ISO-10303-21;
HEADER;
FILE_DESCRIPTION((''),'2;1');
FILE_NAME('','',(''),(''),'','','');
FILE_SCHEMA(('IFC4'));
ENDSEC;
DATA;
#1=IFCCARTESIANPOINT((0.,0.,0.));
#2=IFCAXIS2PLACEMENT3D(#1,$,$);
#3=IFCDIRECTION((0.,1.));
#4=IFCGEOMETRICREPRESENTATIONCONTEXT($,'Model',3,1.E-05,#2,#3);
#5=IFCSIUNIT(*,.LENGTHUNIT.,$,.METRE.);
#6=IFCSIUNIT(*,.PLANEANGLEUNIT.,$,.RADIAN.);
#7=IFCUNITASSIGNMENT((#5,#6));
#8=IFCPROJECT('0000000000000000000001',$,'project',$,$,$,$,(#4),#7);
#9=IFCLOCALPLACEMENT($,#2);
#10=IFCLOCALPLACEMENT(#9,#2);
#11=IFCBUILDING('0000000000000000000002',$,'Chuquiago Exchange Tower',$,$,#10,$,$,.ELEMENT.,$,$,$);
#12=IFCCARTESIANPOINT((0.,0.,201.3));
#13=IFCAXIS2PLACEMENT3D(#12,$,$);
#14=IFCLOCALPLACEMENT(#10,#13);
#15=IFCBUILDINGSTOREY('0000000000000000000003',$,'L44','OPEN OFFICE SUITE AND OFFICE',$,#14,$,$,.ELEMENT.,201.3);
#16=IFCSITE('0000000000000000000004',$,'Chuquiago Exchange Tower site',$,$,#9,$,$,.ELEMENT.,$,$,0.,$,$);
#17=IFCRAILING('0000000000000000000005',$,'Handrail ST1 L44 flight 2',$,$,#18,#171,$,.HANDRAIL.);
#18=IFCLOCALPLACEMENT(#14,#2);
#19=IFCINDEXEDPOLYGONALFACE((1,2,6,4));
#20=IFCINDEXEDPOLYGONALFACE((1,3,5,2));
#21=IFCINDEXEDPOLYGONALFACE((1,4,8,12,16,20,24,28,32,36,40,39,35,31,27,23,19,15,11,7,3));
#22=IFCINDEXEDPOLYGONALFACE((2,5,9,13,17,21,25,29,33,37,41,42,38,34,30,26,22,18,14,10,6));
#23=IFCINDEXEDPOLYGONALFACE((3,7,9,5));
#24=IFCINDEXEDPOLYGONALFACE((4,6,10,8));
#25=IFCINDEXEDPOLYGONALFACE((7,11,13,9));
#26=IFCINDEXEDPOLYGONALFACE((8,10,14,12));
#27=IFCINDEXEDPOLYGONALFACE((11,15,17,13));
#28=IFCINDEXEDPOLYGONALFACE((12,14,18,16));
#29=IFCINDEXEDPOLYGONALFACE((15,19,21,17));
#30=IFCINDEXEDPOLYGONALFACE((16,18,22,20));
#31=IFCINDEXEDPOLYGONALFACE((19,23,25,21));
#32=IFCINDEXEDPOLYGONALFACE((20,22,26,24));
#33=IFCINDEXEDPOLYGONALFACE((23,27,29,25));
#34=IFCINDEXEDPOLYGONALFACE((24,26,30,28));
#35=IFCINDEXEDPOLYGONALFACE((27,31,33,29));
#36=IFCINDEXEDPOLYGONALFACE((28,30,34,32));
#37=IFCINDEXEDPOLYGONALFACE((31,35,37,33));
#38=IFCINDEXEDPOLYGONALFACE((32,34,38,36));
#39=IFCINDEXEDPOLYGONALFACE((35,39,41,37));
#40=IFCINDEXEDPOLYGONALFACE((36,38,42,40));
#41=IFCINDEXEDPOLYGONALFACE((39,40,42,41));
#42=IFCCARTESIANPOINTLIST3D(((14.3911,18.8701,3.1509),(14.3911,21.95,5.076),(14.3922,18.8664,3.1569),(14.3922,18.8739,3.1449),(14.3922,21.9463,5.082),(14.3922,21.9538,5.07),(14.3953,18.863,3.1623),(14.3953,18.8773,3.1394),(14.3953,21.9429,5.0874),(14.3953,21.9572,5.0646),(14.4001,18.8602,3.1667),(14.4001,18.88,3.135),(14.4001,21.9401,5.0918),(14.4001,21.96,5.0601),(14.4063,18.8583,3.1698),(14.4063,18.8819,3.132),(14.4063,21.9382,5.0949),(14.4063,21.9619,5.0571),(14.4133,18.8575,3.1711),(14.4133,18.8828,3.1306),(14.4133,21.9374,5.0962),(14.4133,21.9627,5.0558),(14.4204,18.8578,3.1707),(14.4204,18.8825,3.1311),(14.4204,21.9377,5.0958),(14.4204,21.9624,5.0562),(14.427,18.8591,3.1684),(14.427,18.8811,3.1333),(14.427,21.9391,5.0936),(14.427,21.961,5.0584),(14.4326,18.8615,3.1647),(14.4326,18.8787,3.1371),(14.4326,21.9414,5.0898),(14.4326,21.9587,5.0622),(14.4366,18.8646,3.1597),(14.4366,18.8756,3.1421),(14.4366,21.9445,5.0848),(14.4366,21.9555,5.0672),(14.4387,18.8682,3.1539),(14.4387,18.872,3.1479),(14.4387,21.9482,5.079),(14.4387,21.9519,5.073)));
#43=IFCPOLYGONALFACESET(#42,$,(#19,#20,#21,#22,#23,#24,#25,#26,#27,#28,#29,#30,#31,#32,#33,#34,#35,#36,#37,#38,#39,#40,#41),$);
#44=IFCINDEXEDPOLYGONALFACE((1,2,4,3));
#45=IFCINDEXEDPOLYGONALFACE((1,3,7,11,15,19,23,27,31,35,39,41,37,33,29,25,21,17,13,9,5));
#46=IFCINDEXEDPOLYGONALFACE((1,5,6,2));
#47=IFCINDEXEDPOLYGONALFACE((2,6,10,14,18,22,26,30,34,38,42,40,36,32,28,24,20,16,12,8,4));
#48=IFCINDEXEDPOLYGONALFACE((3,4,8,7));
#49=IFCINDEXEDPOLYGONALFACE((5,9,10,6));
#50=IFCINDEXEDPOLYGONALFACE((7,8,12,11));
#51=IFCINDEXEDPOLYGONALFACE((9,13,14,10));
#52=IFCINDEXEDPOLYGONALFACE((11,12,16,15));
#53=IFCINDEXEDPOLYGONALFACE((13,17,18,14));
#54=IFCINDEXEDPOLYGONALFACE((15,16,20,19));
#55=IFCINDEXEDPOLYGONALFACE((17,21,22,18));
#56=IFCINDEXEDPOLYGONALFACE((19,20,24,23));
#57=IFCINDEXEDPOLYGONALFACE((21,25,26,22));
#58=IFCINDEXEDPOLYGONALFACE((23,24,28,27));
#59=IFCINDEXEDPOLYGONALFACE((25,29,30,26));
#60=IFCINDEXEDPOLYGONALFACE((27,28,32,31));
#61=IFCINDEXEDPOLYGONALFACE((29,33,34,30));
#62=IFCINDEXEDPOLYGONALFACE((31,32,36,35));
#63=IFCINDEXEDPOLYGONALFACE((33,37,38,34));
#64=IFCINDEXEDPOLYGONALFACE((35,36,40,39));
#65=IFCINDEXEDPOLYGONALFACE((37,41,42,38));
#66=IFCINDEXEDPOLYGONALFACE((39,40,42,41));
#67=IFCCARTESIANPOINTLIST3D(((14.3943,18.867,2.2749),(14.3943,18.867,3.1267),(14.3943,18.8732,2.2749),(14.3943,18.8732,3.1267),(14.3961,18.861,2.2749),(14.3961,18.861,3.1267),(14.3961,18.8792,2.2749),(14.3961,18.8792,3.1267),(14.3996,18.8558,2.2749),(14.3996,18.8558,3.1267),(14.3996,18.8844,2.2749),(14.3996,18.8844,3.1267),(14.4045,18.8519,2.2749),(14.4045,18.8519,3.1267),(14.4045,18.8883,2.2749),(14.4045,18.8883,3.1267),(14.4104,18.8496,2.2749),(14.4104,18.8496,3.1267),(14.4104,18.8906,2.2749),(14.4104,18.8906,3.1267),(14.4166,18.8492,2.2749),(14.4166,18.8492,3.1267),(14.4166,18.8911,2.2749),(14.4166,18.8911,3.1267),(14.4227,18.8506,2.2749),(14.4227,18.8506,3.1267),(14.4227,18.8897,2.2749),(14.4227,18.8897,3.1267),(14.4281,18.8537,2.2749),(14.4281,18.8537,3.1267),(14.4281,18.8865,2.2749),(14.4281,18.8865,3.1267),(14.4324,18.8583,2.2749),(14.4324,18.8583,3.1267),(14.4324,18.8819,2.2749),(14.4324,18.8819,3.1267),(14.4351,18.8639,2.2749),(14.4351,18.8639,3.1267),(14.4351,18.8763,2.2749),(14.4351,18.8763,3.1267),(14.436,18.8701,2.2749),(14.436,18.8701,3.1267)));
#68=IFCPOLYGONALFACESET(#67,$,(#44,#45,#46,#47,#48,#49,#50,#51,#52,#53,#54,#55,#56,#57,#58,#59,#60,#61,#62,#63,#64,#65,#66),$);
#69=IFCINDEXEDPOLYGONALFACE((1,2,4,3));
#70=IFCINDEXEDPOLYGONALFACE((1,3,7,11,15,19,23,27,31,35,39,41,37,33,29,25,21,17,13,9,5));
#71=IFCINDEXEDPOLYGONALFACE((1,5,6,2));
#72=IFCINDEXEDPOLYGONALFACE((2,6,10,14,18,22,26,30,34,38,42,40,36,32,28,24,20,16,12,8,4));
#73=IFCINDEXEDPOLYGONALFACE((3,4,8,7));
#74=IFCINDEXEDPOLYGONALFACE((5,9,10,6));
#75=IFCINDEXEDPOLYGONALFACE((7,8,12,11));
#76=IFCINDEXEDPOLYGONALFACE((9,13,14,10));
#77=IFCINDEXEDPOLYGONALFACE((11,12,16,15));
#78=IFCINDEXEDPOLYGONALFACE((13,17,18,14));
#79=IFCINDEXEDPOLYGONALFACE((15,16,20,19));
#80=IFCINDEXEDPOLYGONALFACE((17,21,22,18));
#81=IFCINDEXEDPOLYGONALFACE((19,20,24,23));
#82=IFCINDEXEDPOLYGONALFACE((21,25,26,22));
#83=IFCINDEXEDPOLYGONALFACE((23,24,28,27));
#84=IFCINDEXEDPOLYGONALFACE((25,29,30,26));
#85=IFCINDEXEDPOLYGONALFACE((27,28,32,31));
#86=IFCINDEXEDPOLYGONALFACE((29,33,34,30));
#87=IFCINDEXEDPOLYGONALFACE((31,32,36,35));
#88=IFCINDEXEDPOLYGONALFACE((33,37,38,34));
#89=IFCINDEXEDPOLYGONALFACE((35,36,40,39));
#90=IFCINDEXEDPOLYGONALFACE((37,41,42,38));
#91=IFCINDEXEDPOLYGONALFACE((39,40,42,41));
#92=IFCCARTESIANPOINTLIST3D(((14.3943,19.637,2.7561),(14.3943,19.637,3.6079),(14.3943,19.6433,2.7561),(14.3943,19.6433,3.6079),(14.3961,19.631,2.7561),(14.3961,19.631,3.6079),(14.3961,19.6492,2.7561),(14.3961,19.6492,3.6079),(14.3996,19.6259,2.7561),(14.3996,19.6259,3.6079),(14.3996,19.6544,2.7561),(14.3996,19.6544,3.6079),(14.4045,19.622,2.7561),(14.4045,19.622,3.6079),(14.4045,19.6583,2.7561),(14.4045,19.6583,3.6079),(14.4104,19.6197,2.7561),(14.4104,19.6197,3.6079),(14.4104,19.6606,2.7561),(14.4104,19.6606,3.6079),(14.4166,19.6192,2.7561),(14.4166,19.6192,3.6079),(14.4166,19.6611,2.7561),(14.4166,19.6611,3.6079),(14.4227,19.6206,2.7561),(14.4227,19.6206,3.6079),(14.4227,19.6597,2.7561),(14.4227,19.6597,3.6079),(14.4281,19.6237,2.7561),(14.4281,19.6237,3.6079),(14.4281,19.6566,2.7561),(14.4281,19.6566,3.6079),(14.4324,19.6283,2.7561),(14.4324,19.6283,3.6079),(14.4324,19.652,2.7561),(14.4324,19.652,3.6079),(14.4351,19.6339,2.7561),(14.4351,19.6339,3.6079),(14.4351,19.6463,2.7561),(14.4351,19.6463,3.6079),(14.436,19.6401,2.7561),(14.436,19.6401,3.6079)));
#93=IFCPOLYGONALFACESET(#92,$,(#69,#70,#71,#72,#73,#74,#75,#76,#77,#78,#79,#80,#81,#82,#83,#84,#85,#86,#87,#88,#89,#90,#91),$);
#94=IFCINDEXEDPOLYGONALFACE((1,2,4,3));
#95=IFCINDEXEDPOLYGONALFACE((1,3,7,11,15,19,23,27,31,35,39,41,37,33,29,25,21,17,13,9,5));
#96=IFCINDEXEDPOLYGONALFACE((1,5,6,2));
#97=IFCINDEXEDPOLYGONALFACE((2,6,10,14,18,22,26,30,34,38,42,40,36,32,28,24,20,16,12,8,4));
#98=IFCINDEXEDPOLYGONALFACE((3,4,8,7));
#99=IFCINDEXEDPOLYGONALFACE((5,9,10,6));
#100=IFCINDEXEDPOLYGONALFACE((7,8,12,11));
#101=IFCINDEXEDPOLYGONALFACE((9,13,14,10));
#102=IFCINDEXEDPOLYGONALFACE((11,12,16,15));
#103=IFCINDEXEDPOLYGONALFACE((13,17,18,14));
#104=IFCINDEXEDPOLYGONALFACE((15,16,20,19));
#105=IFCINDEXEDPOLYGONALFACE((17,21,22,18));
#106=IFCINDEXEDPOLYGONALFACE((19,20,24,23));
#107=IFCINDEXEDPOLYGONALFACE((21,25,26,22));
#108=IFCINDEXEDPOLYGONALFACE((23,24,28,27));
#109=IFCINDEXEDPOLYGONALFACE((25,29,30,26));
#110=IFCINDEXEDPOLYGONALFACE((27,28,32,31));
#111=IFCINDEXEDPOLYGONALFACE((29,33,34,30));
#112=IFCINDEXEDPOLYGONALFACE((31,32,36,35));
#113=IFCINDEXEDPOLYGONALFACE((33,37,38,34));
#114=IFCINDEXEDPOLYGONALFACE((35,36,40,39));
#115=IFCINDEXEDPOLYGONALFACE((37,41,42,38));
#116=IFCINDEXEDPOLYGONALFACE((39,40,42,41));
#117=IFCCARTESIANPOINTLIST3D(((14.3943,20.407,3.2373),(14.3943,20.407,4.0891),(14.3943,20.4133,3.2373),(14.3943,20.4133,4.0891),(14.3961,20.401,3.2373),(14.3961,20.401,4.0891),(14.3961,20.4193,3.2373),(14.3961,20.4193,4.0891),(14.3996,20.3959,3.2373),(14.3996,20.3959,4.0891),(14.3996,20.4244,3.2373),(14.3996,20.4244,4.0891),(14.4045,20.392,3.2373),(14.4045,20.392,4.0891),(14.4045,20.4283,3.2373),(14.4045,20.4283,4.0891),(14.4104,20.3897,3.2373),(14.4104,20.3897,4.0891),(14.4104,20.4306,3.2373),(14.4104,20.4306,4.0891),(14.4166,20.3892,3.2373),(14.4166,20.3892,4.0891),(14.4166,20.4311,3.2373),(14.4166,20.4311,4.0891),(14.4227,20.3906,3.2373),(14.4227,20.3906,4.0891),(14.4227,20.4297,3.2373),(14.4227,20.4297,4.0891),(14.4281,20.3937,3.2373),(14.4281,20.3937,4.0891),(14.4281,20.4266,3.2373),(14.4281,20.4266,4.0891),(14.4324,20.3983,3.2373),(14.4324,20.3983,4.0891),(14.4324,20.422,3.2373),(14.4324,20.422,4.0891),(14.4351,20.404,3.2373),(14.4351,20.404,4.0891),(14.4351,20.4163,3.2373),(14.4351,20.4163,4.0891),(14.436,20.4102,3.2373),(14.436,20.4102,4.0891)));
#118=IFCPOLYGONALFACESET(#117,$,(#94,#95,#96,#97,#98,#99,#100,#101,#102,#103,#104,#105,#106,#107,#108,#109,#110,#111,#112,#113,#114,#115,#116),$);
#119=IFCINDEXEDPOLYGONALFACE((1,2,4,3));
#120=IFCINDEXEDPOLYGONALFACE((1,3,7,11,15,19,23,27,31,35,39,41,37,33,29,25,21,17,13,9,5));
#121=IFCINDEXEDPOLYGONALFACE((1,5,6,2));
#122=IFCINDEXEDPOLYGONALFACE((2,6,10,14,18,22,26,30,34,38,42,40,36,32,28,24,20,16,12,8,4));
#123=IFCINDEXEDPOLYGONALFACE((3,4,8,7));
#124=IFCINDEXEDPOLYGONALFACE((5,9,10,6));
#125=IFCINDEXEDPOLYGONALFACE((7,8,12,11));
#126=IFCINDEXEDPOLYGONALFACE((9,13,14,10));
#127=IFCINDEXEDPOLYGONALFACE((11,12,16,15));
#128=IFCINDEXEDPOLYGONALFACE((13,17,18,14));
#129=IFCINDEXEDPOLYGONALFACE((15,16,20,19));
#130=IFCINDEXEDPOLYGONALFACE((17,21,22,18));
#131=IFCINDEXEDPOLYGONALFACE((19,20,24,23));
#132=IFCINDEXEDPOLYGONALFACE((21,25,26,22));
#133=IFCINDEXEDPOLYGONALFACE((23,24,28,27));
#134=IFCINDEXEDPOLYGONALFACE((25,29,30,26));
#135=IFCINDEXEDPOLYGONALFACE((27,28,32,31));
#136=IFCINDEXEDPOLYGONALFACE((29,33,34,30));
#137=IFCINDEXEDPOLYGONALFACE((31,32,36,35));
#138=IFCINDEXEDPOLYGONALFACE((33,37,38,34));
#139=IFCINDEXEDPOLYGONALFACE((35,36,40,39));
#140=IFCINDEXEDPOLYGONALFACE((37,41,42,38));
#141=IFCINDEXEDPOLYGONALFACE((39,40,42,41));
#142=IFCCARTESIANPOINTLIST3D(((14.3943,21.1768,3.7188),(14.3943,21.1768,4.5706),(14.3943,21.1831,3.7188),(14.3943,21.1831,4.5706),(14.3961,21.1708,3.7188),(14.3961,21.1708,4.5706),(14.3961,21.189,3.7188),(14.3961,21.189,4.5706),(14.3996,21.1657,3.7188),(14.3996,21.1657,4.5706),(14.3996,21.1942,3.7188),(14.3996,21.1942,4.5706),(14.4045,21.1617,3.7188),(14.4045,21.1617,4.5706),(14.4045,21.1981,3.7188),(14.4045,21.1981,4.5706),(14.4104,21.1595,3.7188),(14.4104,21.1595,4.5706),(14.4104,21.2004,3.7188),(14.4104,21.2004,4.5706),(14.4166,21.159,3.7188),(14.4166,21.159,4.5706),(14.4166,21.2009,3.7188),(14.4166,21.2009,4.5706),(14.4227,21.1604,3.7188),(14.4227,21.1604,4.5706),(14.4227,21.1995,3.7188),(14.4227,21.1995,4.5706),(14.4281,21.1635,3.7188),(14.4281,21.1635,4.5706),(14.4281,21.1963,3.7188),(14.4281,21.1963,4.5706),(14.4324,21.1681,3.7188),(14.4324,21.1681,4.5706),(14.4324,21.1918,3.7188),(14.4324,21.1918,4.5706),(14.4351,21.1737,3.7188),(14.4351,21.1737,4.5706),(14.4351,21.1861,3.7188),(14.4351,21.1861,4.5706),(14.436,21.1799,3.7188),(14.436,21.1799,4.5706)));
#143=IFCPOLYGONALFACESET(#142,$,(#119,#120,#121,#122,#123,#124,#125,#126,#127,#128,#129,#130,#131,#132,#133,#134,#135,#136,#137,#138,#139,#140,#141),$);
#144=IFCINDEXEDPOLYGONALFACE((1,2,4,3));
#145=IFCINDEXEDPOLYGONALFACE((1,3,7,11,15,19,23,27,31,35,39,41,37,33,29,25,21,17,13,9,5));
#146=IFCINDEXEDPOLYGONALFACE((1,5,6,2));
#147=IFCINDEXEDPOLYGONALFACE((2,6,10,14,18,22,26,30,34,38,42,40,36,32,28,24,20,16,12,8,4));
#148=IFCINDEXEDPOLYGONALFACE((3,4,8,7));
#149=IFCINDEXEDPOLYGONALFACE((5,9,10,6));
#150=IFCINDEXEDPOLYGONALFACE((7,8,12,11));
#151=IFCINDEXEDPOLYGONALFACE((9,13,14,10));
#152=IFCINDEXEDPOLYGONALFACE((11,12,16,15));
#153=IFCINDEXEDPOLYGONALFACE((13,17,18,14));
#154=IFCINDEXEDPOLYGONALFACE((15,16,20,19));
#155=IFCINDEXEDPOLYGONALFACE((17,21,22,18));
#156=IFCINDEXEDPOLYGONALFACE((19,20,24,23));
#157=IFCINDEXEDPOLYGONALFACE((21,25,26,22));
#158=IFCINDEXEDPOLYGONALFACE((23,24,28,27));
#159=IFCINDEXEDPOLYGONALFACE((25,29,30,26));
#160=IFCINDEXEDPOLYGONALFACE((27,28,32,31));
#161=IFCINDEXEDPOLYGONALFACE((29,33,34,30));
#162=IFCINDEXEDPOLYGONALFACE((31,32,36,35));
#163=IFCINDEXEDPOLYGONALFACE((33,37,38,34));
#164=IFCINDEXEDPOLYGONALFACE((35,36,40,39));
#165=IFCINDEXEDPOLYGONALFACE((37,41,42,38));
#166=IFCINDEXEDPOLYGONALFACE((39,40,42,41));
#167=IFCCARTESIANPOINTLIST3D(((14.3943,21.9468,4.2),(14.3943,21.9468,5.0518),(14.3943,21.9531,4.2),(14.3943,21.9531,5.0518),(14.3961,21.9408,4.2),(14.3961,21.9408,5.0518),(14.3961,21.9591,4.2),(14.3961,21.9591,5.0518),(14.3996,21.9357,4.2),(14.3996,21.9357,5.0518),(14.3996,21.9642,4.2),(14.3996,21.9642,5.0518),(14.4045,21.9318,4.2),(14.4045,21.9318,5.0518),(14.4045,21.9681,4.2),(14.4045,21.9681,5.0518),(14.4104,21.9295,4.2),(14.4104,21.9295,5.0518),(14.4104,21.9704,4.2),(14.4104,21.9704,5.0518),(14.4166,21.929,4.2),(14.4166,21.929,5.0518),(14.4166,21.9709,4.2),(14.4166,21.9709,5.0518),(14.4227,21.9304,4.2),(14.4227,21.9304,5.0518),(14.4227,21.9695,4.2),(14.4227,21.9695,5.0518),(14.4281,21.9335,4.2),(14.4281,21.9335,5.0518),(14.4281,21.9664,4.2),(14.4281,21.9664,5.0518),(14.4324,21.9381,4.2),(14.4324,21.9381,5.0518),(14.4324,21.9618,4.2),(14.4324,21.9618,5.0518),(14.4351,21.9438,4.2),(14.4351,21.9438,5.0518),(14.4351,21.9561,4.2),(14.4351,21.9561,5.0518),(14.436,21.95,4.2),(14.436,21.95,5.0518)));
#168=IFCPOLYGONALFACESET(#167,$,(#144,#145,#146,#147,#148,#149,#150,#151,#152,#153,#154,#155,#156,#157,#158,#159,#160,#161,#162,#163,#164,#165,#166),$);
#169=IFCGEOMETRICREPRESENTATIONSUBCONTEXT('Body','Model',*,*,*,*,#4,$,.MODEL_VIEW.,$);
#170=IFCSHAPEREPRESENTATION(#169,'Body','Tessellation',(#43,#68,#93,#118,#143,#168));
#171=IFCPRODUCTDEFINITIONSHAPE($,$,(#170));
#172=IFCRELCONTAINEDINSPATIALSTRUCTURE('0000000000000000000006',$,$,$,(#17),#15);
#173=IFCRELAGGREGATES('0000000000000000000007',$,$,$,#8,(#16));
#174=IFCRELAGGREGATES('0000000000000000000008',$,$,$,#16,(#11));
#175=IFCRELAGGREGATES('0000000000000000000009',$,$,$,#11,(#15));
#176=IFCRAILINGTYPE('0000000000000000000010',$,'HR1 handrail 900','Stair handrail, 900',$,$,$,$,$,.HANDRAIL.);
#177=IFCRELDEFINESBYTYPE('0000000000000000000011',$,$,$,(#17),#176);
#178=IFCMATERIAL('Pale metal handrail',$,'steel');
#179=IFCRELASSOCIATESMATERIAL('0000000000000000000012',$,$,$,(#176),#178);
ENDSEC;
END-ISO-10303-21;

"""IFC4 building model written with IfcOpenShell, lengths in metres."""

from ifc_helpers import new_model, si_unit, direction, frame, origin, origin_2d, place, context, subcontext, project, spatial, circle, extrude, material, type_object, element, save


model = new_model("IFC4")

# Units and contexts
model_context = context("Model", 3, precision=1e-05, world=origin(), true_north=direction((0.0, 1.0)))
body_context = subcontext(model_context, "Body", "Model", "MODEL_VIEW")
ifc_project = project(units=[si_unit("LENGTHUNIT", "METRE"), si_unit("PLANEANGLEUNIT", "RADIAN")], contexts=[model_context])

# Site, building, storey
site_placement = place(None, origin())
site = spatial("IfcSite", under=ifc_project, at=site_placement, Name="Chuquiago Exchange Tower site", CompositionType="ELEMENT", RefElevation=0.0)
building_placement = place(site_placement, origin())
building = spatial("IfcBuilding", under=site, at=building_placement, Name="Chuquiago Exchange Tower", CompositionType="ELEMENT")
storey_placement = place(building_placement, frame((0.0, 0.0, 201.3)))
storey = spatial("IfcBuildingStorey", under=building, at=storey_placement, Name="L44", Description="OPEN OFFICE SUITE AND OFFICE", CompositionType="ELEMENT", Elevation=201.3)

# Railing
ifc_material_1 = material(Name="Pale metal handrail", Category="steel")
railing_type_1 = type_object("IfcRailingType", Name="HR1 handrail 900", Description="Stair handrail, 900", PredefinedType="HANDRAIL", material=ifc_material_1)
for number, where, name in (
    (1, (14.415, 18.8701, 2.2749), "Handrail ST1 L44 flight 2"),
):
    element("IfcRailing", number, at=place(storey_placement, frame(where)), inside=storey, type_object=railing_type_1, Name=name, PredefinedType="HANDRAIL", context=body_context, shape_type="SweptSolid", body=[
        extrude(circle(Radius=0.0239, at=origin_2d()), frame((0.0, 0.0, 0.876), z_axis=(0.0, 0.847979, 0.530029), x_axis=(-1.0, 0.0, 0.0)), (0.0, 0.0, 1.0), 3.6321),
        extrude(circle(Radius=0.021, at=origin_2d()), origin(), (0.0, 0.0, 1.0), 0.8518),
        extrude(circle(Radius=0.021, at=origin_2d()), frame((0.0, 0.77, 0.4812)), (0.0, 0.0, 1.0), 0.8518),
        extrude(circle(Radius=0.021, at=origin_2d()), frame((0.0, 1.54, 0.9624)), (0.0, 0.0, 1.0), 0.8518),
        extrude(circle(Radius=0.021, at=origin_2d()), frame((0.0, 2.3098, 1.4438)), (0.0, 0.0, 1.0), 0.8518),
        extrude(circle(Radius=0.021, at=origin_2d()), frame((0.0, 3.0798, 1.925)), (0.0, 0.0, 1.0), 0.8518),
    ])

save(model, "model.ifc")
